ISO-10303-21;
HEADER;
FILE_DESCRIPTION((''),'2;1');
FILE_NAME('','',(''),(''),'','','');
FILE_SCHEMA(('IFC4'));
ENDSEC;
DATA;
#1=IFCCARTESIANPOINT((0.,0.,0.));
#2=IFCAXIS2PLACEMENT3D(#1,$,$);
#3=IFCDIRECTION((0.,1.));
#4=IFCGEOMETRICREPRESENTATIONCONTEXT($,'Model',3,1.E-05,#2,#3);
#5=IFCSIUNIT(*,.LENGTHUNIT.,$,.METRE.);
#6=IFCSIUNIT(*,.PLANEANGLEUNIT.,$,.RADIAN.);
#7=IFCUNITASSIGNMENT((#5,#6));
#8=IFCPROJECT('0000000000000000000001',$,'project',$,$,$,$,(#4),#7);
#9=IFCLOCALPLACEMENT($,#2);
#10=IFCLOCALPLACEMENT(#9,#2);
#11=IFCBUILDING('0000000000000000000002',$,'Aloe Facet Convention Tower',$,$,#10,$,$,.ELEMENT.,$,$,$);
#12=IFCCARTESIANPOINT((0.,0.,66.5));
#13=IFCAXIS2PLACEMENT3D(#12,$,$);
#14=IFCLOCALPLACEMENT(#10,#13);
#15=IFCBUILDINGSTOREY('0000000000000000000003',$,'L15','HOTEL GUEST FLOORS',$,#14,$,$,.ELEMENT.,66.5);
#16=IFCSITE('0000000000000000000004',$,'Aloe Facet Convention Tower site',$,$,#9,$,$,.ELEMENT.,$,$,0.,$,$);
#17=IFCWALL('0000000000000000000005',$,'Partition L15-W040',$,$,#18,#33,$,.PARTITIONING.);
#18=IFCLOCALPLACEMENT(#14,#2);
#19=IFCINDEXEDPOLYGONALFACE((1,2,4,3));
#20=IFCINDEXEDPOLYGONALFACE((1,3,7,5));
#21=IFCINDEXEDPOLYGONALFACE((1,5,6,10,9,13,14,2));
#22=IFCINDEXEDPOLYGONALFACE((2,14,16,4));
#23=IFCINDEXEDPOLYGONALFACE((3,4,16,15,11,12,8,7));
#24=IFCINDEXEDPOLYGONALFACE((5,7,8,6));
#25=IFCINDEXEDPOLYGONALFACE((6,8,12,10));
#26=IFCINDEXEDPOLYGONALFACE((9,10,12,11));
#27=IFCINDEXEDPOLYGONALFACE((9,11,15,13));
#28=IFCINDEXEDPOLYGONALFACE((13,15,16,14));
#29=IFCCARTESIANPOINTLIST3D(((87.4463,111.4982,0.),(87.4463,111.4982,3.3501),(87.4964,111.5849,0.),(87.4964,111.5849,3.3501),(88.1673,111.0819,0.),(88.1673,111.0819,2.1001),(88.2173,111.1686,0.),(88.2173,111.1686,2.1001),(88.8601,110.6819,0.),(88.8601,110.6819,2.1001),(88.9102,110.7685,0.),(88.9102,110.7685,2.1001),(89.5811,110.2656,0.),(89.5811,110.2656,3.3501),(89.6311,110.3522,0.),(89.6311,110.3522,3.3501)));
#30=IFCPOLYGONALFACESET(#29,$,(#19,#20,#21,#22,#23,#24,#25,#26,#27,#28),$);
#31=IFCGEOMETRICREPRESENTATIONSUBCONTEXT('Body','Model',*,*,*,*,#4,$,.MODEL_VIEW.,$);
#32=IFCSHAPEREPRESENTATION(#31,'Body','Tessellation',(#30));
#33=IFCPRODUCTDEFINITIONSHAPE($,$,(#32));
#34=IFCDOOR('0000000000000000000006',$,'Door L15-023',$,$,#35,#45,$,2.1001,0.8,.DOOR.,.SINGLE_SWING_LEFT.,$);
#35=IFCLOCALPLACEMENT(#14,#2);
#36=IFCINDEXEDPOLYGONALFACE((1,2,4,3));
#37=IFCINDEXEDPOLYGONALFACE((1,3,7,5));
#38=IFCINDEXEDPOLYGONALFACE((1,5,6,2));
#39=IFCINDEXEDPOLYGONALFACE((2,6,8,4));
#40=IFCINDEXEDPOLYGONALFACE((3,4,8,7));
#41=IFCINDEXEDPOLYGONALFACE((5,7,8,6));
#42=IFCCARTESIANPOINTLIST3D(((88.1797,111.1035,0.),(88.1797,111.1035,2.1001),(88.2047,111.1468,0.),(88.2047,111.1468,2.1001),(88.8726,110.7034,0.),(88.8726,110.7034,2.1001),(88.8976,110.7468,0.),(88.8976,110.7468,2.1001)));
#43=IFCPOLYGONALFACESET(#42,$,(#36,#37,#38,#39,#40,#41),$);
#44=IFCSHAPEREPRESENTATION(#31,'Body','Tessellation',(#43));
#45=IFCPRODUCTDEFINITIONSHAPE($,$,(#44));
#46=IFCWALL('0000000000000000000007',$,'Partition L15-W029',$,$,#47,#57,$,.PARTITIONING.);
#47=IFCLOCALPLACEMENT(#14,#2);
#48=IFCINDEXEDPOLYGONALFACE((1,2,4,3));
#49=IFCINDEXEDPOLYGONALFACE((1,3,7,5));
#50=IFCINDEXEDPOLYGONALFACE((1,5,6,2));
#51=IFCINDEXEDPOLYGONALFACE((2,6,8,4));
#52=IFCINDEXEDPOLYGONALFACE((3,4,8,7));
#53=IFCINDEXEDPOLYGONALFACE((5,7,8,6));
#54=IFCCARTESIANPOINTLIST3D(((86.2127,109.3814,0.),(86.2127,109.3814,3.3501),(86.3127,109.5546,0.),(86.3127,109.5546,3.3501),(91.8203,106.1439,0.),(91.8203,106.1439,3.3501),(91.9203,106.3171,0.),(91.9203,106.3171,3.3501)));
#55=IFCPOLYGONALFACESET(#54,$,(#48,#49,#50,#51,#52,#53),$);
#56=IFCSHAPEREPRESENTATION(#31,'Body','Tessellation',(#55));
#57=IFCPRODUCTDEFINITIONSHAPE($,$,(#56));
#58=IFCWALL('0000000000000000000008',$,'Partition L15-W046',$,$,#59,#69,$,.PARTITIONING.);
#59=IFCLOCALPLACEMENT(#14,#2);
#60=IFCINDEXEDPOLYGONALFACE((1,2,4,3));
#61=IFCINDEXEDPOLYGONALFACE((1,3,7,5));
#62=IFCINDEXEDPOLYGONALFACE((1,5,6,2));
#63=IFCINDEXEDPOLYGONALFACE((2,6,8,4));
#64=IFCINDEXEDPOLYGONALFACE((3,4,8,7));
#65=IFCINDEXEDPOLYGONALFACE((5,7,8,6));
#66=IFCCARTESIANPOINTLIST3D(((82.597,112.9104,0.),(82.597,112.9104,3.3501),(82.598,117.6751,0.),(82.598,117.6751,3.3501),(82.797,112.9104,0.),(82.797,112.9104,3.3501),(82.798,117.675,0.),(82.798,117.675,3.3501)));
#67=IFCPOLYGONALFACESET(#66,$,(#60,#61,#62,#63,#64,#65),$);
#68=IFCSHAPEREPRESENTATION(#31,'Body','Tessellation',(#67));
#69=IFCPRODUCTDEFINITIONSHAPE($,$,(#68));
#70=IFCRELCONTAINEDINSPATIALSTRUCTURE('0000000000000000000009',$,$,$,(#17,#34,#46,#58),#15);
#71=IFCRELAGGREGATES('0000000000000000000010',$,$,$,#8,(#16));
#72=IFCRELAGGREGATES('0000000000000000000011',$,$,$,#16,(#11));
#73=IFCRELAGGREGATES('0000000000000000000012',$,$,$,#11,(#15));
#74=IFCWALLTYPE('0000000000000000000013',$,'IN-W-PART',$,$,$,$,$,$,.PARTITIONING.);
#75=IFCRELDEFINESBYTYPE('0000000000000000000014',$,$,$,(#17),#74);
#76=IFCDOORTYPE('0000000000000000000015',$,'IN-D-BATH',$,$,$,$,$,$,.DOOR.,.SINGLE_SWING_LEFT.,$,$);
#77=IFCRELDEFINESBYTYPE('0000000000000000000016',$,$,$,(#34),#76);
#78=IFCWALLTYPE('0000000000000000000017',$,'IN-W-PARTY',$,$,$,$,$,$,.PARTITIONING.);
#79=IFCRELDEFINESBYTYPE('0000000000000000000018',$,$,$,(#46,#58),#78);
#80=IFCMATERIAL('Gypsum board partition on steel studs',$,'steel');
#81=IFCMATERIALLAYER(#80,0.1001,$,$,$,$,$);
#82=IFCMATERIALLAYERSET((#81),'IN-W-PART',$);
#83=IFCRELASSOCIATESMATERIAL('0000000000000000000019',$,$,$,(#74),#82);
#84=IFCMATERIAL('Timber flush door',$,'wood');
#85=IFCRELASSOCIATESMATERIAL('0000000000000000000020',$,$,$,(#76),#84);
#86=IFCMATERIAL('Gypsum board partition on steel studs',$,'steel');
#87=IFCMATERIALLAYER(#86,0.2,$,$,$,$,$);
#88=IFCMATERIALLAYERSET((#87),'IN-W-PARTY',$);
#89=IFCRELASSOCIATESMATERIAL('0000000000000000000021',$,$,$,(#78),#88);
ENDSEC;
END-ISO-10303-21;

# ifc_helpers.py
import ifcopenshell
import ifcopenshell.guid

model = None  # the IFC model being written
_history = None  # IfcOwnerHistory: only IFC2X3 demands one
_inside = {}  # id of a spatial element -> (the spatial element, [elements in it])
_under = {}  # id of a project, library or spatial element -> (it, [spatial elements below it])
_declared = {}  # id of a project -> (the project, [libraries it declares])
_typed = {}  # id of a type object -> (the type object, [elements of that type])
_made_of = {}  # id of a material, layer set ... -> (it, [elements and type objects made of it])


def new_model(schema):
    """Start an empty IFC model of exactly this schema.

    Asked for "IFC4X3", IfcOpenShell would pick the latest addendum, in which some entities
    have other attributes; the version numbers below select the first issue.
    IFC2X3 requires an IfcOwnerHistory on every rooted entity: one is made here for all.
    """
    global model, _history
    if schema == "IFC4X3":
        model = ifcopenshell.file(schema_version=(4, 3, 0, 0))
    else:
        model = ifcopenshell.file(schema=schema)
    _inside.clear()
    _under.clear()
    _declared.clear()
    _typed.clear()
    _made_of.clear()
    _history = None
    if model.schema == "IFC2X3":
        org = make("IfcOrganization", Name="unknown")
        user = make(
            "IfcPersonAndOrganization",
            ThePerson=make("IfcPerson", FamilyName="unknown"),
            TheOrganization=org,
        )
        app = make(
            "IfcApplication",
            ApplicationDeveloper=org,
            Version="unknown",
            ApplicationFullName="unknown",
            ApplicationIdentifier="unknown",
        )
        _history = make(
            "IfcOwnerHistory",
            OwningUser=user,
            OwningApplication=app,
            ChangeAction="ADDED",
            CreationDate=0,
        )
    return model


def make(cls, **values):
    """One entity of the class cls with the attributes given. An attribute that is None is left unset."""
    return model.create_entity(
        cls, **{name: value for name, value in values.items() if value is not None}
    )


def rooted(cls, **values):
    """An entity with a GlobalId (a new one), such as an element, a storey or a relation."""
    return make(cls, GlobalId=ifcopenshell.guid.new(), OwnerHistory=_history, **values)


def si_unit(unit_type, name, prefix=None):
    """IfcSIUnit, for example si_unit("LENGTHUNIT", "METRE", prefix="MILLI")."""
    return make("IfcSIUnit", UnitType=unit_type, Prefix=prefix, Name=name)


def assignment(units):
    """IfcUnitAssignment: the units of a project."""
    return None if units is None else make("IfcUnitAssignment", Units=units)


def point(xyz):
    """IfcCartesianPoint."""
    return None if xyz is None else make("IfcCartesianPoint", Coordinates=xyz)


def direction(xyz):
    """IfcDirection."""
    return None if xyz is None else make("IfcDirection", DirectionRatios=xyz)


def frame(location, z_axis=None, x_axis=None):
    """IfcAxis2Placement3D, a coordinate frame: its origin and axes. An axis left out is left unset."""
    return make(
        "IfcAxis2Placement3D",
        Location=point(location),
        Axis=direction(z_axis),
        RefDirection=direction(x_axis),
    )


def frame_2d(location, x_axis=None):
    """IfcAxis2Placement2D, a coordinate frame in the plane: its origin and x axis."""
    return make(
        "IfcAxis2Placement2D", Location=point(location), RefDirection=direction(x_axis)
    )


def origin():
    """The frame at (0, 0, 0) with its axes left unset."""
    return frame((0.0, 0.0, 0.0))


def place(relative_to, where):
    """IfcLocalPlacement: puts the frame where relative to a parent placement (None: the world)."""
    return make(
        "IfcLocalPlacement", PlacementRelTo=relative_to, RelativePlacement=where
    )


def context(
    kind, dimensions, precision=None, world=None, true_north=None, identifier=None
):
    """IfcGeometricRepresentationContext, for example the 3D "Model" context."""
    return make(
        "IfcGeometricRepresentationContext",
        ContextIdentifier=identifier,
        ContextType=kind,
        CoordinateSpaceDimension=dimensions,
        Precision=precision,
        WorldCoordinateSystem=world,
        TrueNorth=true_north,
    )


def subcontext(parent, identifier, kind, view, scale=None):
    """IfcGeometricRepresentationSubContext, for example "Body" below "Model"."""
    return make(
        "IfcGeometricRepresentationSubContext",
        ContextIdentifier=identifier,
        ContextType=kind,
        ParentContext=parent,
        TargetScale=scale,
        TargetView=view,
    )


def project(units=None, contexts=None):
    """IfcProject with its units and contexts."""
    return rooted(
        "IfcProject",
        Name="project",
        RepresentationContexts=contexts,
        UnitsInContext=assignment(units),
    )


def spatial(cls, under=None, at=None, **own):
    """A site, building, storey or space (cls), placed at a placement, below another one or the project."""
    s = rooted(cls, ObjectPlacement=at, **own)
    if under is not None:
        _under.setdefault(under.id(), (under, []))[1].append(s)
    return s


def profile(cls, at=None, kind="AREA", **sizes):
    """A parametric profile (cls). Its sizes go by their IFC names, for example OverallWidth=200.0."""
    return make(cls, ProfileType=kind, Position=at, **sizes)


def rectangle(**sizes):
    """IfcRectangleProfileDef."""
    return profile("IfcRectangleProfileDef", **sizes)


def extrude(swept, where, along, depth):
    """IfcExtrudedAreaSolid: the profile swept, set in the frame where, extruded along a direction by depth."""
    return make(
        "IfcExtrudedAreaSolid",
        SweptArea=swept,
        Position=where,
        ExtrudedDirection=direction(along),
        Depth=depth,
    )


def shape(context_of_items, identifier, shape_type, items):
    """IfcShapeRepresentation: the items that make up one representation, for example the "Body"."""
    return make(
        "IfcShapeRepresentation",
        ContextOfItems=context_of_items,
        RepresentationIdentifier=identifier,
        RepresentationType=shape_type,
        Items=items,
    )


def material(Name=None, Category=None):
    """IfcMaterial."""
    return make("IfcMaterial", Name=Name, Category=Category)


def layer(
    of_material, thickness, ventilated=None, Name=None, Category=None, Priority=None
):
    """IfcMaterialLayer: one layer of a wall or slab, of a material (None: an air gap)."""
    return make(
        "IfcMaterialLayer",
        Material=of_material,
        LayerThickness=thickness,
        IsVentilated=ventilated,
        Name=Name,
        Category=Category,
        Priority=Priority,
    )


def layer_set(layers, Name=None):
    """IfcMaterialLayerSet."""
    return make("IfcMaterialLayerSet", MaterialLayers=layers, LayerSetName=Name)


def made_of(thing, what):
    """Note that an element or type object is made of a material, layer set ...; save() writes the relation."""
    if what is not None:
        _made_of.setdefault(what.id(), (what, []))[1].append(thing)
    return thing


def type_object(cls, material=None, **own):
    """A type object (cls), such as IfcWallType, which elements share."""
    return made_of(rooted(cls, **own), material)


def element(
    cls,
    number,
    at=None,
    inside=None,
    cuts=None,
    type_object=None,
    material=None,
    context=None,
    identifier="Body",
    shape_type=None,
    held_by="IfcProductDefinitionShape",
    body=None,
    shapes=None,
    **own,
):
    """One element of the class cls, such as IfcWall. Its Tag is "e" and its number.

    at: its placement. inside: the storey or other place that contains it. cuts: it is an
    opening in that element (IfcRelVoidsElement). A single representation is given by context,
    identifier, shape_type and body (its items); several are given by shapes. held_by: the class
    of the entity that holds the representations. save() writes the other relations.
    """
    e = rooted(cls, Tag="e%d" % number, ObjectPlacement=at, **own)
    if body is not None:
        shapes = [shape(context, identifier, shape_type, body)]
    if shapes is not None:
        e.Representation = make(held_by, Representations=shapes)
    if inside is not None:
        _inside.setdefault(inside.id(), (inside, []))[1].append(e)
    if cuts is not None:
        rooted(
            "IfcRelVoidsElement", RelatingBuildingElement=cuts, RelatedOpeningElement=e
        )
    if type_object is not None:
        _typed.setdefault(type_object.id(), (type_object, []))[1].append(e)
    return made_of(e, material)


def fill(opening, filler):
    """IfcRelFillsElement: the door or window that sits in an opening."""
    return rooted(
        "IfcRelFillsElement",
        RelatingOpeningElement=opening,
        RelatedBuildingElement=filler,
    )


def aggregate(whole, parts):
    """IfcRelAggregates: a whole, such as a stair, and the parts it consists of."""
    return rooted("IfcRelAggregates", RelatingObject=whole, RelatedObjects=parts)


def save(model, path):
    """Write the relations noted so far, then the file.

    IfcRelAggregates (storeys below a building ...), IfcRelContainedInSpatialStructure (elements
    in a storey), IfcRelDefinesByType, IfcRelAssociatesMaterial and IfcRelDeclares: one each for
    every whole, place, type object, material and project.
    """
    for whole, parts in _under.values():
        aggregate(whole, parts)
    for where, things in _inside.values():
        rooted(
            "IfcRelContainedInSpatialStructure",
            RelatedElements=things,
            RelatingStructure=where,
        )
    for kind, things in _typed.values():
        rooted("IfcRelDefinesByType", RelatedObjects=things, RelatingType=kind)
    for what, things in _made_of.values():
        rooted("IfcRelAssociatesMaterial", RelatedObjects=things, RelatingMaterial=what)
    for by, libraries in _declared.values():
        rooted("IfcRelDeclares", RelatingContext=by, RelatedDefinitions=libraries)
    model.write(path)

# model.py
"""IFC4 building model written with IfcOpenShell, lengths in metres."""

from ifc_helpers import new_model, si_unit, direction, frame, frame_2d, origin, place, context, subcontext, project, spatial, rectangle, extrude, material, layer, layer_set, type_object, element, fill, save


model = new_model("IFC4")

# Units and contexts
model_context = context("Model", 3, precision=1e-05, world=origin(), true_north=direction((0.0, 1.0)))
body_context = subcontext(model_context, "Body", "Model", "MODEL_VIEW")
ifc_project = project(units=[si_unit("LENGTHUNIT", "METRE"), si_unit("PLANEANGLEUNIT", "RADIAN")], contexts=[model_context])

# Site, building, storey
site_placement = place(None, origin())
site = spatial("IfcSite", under=ifc_project, at=site_placement, Name="Aloe Facet Convention Tower site", CompositionType="ELEMENT", RefElevation=0.0)
building_placement = place(site_placement, origin())
building = spatial("IfcBuilding", under=site, at=building_placement, Name="Aloe Facet Convention Tower", CompositionType="ELEMENT")
storey_placement = place(building_placement, frame((0.0, 0.0, 66.5)))
storey = spatial("IfcBuildingStorey", under=building, at=storey_placement, Name="L15", Description="HOTEL GUEST FLOORS", CompositionType="ELEMENT", Elevation=66.5)

# Wall, opening, door
ifc_material_1 = material(Name="Gypsum board partition on steel studs", Category="steel")
ifc_layer_1 = layer(ifc_material_1, 0.1001)
ifc_layer_set_1 = layer_set([ifc_layer_1], Name="IN-W-PART")
wall_type_1 = type_object("IfcWallType", Name="IN-W-PART", PredefinedType="PARTITIONING", material=ifc_layer_set_1)
wall_1_placement = place(storey_placement, frame((87.4714, 111.5415, 0.0), z_axis=(0.0, 0.0, 1.0), x_axis=(0.865998, -0.500048, 0.0)))
wall_1 = element("IfcWall", 1, at=wall_1_placement, inside=storey, type_object=wall_type_1, Name="Partition L15-W040", PredefinedType="PARTITIONING", context=body_context, shape_type="SweptSolid", body=[
    extrude(rectangle(XDim=2.4651, YDim=0.1001, at=frame_2d((1.2324, 0.0))), origin(), (0.0, 0.0, 1.0), 3.3501),
])
opening_1_placement = place(wall_1_placement, frame((0.8325, 0.0, 0.0)))
opening_1 = element("IfcOpeningElement", 2, at=opening_1_placement, cuts=wall_1, PredefinedType="OPENING", context=body_context, shape_type="SweptSolid", body=[
    extrude(rectangle(XDim=0.8, YDim=2.1001, at=frame_2d((0.3999, 1.05))), frame((0.0, 0.0601, 0.0), z_axis=(0.0, -1.0, 0.0), x_axis=(1.0, 0.0, 0.0)), (0.0, 0.0, 1.0), 0.1201),
])
ifc_material_2 = material(Name="Timber flush door", Category="wood")
door_type_1 = type_object("IfcDoorType", Name="IN-D-BATH", OperationType="SINGLE_SWING_LEFT", PredefinedType="DOOR", material=ifc_material_2)
door_1_placement = place(opening_1_placement, origin())
door_1 = element("IfcDoor", 3, at=door_1_placement, inside=storey, type_object=door_type_1, Name="Door L15-023", OperationType="SINGLE_SWING_LEFT", OverallHeight=2.1001, OverallWidth=0.8, PredefinedType="DOOR", context=body_context, shape_type="SweptSolid", body=[
    extrude(rectangle(XDim=0.8, YDim=2.1001, at=frame_2d((0.3999, 1.05))), frame((0.0, 0.0249, 0.0), z_axis=(0.0, -1.0, 0.0), x_axis=(1.0, 0.0, 0.0)), (0.0, 0.0, 1.0), 0.05),
])
fill(opening_1, door_1)

# Walls
ifc_material_3 = material(Name="Gypsum board partition on steel studs", Category="steel")
ifc_layer_2 = layer(ifc_material_3, 0.2)
ifc_layer_set_2 = layer_set([ifc_layer_2], Name="IN-W-PARTY")
wall_type_2 = type_object("IfcWallType", Name="IN-W-PARTY", PredefinedType="PARTITIONING", material=ifc_layer_set_2)
wall_2_placement = place(storey_placement, frame((86.2627, 109.468, 0.0), z_axis=(0.0, 0.0, 1.0), x_axis=(0.866028, -0.499996, 0.0)))
element("IfcWall", 4, at=wall_2_placement, inside=storey, type_object=wall_type_2, Name="Partition L15-W029", PredefinedType="PARTITIONING", context=body_context, shape_type="SweptSolid", body=[
    extrude(rectangle(XDim=6.4751, YDim=0.2, at=frame_2d((3.2375, 0.0))), origin(), (0.0, 0.0, 1.0), 3.3501),
])
wall_3_placement = place(storey_placement, frame((82.697, 112.9104, 0.0), z_axis=(0.0, 0.0, 1.0), x_axis=(0.000205, 1.0, 0.0)))
element("IfcWall", 5, at=wall_3_placement, inside=storey, type_object=wall_type_2, Name="Partition L15-W046", PredefinedType="PARTITIONING", context=body_context, shape_type="SweptSolid", body=[
    extrude(rectangle(XDim=4.7646, YDim=0.2, at=frame_2d((2.3823, 0.0))), origin(), (0.0, 0.0, 1.0), 3.3501),
])

save(model, "model.ifc")
